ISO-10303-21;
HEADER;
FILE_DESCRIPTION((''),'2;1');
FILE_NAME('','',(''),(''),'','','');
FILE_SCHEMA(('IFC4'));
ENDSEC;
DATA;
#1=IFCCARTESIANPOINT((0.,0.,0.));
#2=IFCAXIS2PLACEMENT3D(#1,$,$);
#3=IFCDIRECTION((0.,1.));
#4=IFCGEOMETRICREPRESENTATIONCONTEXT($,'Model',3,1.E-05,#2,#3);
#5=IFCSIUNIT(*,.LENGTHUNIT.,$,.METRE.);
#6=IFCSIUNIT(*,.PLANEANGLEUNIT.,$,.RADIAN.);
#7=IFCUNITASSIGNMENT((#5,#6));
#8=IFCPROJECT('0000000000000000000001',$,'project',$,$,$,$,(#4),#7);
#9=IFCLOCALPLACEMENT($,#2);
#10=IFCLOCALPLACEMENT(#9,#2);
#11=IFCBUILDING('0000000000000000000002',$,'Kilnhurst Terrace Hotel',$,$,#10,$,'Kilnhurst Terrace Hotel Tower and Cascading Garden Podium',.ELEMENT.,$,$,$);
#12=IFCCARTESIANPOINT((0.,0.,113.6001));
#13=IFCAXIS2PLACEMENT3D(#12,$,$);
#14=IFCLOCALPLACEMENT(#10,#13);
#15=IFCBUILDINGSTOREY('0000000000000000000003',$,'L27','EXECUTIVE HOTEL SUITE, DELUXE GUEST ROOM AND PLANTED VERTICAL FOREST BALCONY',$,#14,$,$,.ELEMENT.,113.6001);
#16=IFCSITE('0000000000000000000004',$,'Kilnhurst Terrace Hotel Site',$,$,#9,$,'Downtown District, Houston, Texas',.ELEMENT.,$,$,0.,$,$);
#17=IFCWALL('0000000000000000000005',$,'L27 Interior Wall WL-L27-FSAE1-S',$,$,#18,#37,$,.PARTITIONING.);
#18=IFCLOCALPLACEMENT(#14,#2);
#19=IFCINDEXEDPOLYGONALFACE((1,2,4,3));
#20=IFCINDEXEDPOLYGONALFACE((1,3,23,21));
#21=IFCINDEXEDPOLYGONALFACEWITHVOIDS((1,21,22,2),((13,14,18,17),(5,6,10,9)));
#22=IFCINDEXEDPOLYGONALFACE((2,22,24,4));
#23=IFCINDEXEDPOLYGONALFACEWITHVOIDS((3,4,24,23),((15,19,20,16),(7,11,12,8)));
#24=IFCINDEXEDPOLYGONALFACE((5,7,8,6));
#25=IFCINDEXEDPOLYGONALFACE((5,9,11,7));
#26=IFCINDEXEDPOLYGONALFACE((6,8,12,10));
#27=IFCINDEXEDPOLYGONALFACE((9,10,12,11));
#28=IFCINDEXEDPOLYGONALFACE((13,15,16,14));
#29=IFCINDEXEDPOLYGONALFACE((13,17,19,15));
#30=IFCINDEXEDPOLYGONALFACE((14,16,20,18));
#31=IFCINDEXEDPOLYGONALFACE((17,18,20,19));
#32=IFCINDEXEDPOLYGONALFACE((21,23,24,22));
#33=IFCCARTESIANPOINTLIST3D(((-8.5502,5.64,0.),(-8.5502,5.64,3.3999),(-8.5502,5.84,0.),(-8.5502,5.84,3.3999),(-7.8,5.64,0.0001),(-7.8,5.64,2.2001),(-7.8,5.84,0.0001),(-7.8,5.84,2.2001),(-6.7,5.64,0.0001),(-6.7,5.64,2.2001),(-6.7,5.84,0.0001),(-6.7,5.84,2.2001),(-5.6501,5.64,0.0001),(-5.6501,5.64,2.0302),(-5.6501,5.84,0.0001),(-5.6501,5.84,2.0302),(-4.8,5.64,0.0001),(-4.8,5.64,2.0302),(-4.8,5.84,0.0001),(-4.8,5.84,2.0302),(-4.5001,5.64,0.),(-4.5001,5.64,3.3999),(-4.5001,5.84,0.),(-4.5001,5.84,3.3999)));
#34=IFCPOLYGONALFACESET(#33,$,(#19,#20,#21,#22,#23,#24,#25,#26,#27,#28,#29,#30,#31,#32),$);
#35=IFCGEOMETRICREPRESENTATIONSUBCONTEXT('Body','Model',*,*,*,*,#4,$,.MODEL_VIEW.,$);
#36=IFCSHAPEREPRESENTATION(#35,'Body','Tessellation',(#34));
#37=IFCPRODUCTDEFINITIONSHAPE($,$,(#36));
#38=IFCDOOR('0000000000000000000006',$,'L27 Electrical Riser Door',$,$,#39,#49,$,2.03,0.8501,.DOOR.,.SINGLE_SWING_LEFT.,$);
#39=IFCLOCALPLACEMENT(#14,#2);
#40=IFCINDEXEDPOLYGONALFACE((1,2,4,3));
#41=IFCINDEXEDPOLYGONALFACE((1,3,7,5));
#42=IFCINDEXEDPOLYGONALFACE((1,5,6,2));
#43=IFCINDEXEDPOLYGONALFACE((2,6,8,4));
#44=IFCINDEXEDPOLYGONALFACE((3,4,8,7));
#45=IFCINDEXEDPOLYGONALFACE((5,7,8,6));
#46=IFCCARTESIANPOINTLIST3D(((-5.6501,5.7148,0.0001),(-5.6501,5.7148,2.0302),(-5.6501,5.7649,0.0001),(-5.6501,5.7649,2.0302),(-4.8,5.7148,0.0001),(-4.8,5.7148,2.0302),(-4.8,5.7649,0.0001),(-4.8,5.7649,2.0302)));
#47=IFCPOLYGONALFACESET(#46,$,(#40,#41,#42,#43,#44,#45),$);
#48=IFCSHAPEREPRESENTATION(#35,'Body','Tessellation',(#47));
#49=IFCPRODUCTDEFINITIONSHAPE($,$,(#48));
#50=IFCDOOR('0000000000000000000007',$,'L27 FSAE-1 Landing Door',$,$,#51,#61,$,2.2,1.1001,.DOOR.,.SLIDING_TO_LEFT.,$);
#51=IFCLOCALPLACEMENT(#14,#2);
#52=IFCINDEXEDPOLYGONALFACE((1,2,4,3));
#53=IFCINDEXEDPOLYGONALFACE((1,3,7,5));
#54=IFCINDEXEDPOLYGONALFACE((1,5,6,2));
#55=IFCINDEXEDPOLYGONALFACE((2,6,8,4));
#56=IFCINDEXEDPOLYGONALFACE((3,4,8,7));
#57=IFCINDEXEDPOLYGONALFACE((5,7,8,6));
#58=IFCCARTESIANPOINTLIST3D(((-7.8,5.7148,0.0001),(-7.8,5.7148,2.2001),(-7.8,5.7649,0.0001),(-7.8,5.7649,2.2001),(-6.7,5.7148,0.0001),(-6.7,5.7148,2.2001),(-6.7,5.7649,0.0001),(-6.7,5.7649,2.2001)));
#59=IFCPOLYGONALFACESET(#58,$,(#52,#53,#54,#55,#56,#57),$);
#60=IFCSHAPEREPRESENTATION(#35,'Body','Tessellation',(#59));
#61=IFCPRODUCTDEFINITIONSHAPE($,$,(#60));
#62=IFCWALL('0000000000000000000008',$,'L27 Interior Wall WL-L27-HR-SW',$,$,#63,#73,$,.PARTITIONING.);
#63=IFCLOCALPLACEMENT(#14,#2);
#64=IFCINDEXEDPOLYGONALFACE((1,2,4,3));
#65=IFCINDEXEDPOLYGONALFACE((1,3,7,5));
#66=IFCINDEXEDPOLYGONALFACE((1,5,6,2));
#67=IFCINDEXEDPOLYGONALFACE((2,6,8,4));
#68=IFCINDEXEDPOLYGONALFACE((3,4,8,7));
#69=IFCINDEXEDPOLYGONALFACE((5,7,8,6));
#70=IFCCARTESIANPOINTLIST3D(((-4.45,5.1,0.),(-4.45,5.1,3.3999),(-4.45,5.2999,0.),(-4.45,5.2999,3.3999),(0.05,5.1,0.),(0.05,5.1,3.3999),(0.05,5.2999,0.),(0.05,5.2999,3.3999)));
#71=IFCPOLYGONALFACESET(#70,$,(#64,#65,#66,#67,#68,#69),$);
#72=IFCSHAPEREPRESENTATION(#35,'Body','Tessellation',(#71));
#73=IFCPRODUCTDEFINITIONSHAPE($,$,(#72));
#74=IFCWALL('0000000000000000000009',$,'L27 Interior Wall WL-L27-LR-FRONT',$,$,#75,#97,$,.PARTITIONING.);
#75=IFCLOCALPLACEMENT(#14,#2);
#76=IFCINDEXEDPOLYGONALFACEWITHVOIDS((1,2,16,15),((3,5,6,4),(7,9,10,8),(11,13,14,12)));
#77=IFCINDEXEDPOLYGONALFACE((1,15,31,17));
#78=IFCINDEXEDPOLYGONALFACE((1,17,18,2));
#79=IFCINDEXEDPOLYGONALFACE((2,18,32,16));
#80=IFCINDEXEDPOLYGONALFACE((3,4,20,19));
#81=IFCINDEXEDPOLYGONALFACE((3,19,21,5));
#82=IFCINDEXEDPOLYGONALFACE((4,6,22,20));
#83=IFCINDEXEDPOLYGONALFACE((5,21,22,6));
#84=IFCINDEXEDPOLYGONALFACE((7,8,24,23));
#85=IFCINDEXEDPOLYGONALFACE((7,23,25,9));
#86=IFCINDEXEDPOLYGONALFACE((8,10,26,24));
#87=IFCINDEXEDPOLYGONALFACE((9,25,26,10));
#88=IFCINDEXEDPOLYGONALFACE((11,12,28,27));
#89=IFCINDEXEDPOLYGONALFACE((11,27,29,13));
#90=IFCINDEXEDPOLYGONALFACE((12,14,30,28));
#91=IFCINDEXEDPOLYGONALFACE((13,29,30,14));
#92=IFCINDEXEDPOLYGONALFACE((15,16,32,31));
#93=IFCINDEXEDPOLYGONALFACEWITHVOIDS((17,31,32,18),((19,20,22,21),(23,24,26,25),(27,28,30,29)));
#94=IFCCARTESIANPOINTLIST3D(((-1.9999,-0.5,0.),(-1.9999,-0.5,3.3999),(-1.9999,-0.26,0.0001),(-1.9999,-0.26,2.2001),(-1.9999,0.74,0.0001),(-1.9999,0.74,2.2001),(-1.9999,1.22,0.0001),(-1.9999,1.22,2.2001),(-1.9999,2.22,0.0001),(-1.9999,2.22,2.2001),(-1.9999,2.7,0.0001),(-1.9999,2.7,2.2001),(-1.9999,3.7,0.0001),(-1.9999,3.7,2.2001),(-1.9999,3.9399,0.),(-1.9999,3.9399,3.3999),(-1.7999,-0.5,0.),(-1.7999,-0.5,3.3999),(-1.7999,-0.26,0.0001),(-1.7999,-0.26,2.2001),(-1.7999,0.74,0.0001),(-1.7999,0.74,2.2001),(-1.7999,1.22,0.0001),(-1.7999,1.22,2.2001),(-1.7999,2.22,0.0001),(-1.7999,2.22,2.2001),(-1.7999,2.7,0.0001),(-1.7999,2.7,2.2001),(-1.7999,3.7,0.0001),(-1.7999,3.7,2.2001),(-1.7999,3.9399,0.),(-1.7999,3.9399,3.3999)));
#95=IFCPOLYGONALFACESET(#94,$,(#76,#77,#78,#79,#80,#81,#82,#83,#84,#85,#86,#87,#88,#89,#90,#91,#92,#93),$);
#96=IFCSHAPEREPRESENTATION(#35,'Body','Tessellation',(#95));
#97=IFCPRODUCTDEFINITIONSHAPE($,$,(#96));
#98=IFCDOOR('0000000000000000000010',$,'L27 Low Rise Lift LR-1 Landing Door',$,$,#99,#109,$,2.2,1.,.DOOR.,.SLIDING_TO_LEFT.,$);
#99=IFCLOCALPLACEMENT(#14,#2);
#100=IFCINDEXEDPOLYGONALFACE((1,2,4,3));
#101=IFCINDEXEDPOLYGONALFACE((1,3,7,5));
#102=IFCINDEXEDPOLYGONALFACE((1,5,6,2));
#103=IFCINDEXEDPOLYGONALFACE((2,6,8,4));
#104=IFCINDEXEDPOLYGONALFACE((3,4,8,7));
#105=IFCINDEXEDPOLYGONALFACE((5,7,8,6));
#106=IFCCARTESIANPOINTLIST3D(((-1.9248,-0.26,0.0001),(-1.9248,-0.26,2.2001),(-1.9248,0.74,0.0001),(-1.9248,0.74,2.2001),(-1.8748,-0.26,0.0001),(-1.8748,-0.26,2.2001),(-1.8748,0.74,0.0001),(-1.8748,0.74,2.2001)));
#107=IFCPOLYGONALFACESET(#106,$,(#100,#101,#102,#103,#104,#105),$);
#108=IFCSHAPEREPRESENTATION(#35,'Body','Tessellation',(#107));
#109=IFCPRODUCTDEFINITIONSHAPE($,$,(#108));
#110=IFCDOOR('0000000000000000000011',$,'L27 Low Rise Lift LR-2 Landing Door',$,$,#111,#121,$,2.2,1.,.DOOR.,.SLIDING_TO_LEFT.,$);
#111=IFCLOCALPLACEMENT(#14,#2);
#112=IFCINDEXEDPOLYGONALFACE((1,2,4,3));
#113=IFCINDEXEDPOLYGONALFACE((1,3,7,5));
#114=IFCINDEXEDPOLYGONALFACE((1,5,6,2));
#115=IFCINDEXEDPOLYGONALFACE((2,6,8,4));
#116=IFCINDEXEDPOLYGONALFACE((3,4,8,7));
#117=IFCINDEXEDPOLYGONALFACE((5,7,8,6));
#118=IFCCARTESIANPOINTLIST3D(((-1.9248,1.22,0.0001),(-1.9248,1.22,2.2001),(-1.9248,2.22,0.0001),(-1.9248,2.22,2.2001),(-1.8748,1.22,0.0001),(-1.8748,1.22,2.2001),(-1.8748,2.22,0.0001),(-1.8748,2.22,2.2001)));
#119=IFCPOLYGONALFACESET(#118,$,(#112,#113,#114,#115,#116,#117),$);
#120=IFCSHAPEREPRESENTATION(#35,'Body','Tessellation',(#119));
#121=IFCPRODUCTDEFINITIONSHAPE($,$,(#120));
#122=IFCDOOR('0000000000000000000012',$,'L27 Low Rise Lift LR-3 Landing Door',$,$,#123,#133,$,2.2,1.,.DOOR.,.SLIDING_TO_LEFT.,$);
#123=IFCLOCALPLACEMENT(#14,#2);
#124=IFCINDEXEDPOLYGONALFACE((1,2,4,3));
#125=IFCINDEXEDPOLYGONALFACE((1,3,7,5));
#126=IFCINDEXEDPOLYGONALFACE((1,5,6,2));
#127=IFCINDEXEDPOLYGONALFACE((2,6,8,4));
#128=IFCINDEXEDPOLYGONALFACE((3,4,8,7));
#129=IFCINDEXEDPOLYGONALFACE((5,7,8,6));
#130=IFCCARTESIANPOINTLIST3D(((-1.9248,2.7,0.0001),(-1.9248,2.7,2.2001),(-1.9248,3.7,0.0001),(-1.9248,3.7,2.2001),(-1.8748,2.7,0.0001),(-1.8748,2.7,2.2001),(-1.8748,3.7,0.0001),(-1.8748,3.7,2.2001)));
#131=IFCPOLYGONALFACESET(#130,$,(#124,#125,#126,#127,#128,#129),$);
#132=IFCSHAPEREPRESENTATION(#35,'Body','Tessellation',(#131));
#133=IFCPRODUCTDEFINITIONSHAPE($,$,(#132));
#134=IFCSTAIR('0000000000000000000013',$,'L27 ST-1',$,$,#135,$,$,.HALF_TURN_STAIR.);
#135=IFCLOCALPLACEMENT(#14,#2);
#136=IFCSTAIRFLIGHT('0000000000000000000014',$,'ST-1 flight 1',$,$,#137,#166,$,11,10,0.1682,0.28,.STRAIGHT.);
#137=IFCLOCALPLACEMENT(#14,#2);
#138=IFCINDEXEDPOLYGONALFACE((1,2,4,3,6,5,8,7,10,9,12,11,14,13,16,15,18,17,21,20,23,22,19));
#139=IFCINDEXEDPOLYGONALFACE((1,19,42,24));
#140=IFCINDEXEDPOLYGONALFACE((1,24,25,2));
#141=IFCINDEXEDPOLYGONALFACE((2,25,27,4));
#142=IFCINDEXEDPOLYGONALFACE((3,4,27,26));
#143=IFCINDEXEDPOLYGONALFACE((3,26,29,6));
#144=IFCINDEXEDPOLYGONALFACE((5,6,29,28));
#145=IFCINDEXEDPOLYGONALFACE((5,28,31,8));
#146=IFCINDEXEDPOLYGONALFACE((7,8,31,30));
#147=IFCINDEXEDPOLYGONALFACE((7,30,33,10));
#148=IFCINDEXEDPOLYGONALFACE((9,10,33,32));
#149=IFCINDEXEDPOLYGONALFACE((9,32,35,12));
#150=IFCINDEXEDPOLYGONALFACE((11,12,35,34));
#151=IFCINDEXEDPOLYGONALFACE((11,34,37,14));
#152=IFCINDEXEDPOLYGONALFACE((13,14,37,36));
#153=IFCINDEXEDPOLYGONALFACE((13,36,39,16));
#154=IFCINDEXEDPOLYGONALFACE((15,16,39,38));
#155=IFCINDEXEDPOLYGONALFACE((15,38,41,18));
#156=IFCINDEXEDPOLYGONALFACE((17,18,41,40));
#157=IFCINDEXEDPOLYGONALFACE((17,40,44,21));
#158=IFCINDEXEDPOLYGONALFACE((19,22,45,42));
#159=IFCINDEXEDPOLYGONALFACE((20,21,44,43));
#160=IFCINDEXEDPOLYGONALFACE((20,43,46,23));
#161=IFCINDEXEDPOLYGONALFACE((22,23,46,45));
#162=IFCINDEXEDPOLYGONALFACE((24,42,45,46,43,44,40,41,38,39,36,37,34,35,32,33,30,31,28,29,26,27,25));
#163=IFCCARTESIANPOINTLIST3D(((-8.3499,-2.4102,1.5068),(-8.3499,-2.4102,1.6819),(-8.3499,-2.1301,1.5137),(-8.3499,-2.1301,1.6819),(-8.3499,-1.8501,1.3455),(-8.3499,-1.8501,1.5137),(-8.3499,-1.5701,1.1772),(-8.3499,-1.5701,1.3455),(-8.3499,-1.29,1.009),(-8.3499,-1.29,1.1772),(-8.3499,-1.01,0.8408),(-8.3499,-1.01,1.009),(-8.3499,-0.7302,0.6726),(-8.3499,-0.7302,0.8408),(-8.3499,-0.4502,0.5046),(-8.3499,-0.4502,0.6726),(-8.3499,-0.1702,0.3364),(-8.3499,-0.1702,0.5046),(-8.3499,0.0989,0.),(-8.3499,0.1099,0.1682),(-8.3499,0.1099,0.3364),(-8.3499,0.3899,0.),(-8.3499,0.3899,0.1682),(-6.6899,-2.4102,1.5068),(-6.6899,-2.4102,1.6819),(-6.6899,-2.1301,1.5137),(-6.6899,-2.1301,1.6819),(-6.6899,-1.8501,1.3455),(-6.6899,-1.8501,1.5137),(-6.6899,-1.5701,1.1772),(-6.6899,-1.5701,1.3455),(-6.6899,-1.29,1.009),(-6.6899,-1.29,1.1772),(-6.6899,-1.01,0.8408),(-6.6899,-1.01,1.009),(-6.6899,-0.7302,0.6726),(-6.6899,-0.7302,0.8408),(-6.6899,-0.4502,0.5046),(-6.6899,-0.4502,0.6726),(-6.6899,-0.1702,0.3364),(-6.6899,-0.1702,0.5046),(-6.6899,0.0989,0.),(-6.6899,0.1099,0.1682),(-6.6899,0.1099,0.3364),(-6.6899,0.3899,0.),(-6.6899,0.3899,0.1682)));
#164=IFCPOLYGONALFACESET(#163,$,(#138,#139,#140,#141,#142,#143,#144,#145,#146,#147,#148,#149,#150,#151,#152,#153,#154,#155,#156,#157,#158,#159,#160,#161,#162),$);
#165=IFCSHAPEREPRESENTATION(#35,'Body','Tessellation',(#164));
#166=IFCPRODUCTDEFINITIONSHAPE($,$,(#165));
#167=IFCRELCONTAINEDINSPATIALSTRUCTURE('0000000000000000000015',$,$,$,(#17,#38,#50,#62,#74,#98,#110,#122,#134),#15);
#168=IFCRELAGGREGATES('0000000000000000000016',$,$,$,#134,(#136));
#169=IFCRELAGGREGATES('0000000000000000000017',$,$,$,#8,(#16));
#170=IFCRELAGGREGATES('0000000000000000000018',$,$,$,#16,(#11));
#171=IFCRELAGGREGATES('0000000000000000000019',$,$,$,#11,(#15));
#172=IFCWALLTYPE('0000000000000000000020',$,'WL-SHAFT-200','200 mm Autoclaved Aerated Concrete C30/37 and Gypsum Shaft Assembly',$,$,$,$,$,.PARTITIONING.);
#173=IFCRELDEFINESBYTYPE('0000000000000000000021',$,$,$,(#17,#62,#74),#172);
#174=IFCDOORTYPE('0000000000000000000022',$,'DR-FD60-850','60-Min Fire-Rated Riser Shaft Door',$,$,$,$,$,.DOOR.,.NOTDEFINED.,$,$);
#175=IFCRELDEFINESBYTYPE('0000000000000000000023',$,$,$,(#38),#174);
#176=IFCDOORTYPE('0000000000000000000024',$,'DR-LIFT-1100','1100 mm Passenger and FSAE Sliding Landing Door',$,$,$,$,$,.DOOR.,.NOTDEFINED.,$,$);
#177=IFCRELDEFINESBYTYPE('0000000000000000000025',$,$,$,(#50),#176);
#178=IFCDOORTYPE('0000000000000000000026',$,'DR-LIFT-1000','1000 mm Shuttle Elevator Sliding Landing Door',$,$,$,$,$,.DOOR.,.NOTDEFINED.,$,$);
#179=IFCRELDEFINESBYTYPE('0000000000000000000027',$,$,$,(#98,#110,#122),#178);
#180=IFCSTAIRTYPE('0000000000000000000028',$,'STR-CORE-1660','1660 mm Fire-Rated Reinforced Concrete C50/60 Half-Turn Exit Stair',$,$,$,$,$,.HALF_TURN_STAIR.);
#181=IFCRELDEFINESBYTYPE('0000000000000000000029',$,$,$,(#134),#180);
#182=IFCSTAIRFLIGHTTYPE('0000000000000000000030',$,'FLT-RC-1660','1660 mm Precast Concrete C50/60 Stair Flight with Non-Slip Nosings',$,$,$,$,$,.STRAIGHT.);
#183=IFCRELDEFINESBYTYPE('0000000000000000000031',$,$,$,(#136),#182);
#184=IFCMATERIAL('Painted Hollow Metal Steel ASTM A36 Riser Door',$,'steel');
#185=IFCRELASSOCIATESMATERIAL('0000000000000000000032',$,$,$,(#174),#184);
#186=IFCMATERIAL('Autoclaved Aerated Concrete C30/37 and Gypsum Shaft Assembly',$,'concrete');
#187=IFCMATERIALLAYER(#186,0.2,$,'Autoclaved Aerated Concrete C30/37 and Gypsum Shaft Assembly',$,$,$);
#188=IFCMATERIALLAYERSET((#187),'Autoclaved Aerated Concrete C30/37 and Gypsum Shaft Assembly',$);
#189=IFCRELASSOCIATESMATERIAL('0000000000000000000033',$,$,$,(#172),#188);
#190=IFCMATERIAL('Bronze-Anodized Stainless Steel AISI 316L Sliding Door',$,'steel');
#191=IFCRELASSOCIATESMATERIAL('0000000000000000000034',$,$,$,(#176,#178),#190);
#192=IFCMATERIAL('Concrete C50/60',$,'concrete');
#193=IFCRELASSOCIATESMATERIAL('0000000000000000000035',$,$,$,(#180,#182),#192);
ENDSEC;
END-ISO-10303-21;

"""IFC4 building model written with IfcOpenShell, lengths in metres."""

from ifc_helpers import new_model, si_unit, direction, frame, frame_2d, origin, place, context, subcontext, project, spatial, polyline, rectangle, outline, extrude, material, layer, layer_set, type_object, element, fill, aggregate, save


model = new_model("IFC4")

# Units and contexts
model_context = context("Model", 3, precision=1e-05, world=origin(), true_north=direction((0.0, 1.0)))
body_context = subcontext(model_context, "Body", "Model", "MODEL_VIEW")
ifc_project = project(units=[si_unit("LENGTHUNIT", "METRE"), si_unit("PLANEANGLEUNIT", "RADIAN")], contexts=[model_context])

# Site, building, storey
site_placement = place(None, origin())
site = spatial("IfcSite", under=ifc_project, at=site_placement, Name="Kilnhurst Terrace Hotel Site", LongName="Downtown District, Houston, Texas", CompositionType="ELEMENT", RefElevation=0.0)
building_placement = place(site_placement, origin())
building = spatial("IfcBuilding", under=site, at=building_placement, Name="Kilnhurst Terrace Hotel", LongName="Kilnhurst Terrace Hotel Tower and Cascading Garden Podium", CompositionType="ELEMENT")
storey_placement = place(building_placement, frame((0.0, 0.0, 113.6001)))
storey = spatial("IfcBuildingStorey", under=building, at=storey_placement, Name="L27", Description="EXECUTIVE HOTEL SUITE, DELUXE GUEST ROOM AND PLANTED VERTICAL FOREST BALCONY", CompositionType="ELEMENT", Elevation=113.6001)

# Wall, openings, doors
ifc_material_1 = material(Name="Painted Hollow Metal Steel ASTM A36 Riser Door", Category="steel")
door_type_1 = type_object("IfcDoorType", Name="DR-FD60-850", Description="60-Min Fire-Rated Riser Shaft Door", OperationType="NOTDEFINED", PredefinedType="DOOR", material=ifc_material_1)
ifc_material_2 = material(Name="Autoclaved Aerated Concrete C30/37 and Gypsum Shaft Assembly", Category="concrete")
ifc_layer_1 = layer(ifc_material_2, 0.2, Name="Autoclaved Aerated Concrete C30/37 and Gypsum Shaft Assembly")
ifc_layer_set_1 = layer_set([ifc_layer_1], Name="Autoclaved Aerated Concrete C30/37 and Gypsum Shaft Assembly")
wall_type_1 = type_object("IfcWallType", Name="WL-SHAFT-200", Description="200 mm Autoclaved Aerated Concrete C30/37 and Gypsum Shaft Assembly", PredefinedType="PARTITIONING", material=ifc_layer_set_1)
wall_1_placement = place(storey_placement, frame((-8.55, 5.74, 0.0), z_axis=(0.0, 0.0, 1.0), x_axis=(1.0, 0.0, 0.0)))
wall_1 = element("IfcWall", 1, at=wall_1_placement, inside=storey, type_object=wall_type_1, Name="L27 Interior Wall WL-L27-FSAE1-S", PredefinedType="PARTITIONING", context=body_context, shape_type="SweptSolid", body=[
    extrude(rectangle(XDim=4.05, YDim=0.2, at=frame_2d((2.0249, 0.0))), origin(), (0.0, 0.0, 1.0), 3.3999),
])
opening_1_placement = place(wall_1_placement, frame((0.75, 0.0, 0.0)))
opening_1 = element("IfcOpeningElement", 2, at=opening_1_placement, cuts=wall_1, PredefinedType="OPENING", context=body_context, shape_type="SweptSolid", body=[
    extrude(rectangle(XDim=1.1001, YDim=2.2, at=frame_2d((0.55, 1.1001))), frame((0.0, 0.1099, 0.0), z_axis=(0.0, -1.0, 0.0), x_axis=(1.0, 0.0, 0.0)), (0.0, 0.0, 1.0), 0.22),
])
opening_2_placement = place(wall_1_placement, frame((2.8999, 0.0, 0.0)))
opening_2 = element("IfcOpeningElement", 3, at=opening_2_placement, cuts=wall_1, PredefinedType="OPENING", context=body_context, shape_type="SweptSolid", body=[
    extrude(rectangle(XDim=0.8501, YDim=2.03, at=frame_2d((0.425, 1.0151))), frame((0.0, 0.1099, 0.0), z_axis=(0.0, -1.0, 0.0), x_axis=(1.0, 0.0, 0.0)), (0.0, 0.0, 1.0), 0.22),
])
door_1_placement = place(opening_2_placement, origin())
door_1 = element("IfcDoor", 4, at=door_1_placement, inside=storey, type_object=door_type_1, Name="L27 Electrical Riser Door", OperationType="SINGLE_SWING_LEFT", OverallHeight=2.03, OverallWidth=0.8501, PredefinedType="DOOR", context=body_context, shape_type="SweptSolid", body=[
    extrude(rectangle(XDim=0.8501, YDim=2.03, at=frame_2d((0.425, 1.0151))), frame((0.0, 0.0249, 0.0), z_axis=(0.0, -1.0, 0.0), x_axis=(1.0, 0.0, 0.0)), (0.0, 0.0, 1.0), 0.05),
])
fill(opening_2, door_1)
ifc_material_3 = material(Name="Bronze-Anodized Stainless Steel AISI 316L Sliding Door", Category="steel")
door_type_2 = type_object("IfcDoorType", Name="DR-LIFT-1100", Description="1100 mm Passenger and FSAE Sliding Landing Door", OperationType="NOTDEFINED", PredefinedType="DOOR", material=ifc_material_3)
door_2_placement = place(opening_1_placement, origin())
door_2 = element("IfcDoor", 5, at=door_2_placement, inside=storey, type_object=door_type_2, Name="L27 FSAE-1 Landing Door", OperationType="SLIDING_TO_LEFT", OverallHeight=2.2, OverallWidth=1.1001, PredefinedType="DOOR", context=body_context, shape_type="SweptSolid", body=[
    extrude(rectangle(XDim=1.1001, YDim=2.2, at=frame_2d((0.55, 1.1001))), frame((0.0, 0.0249, 0.0), z_axis=(0.0, -1.0, 0.0), x_axis=(1.0, 0.0, 0.0)), (0.0, 0.0, 1.0), 0.05),
])
fill(opening_1, door_2)

# Wall
wall_2_placement = place(storey_placement, frame((-4.45, 5.2, 0.0), z_axis=(0.0, 0.0, 1.0), x_axis=(1.0, 0.0, 0.0)))
element("IfcWall", 6, at=wall_2_placement, inside=storey, type_object=wall_type_1, Name="L27 Interior Wall WL-L27-HR-SW", PredefinedType="PARTITIONING", context=body_context, shape_type="SweptSolid", body=[
    extrude(rectangle(XDim=4.5, YDim=0.2, at=frame_2d((2.25, 0.0))), origin(), (0.0, 0.0, 1.0), 3.3999),
])

# Wall, openings, doors
wall_3_placement = place(storey_placement, frame((-1.8999, -0.5, 0.0), z_axis=(0.0, 0.0, 1.0), x_axis=(0.0, 1.0, 0.0)))
wall_3 = element("IfcWall", 7, at=wall_3_placement, inside=storey, type_object=wall_type_1, Name="L27 Interior Wall WL-L27-LR-FRONT", PredefinedType="PARTITIONING", context=body_context, shape_type="SweptSolid", body=[
    extrude(rectangle(XDim=4.4399, YDim=0.2, at=frame_2d((2.22, 0.0))), origin(), (0.0, 0.0, 1.0), 3.3999),
])
opening_3_placement = place(wall_3_placement, frame((0.24, 0.0, 0.0)))
opening_3 = element("IfcOpeningElement", 8, at=opening_3_placement, cuts=wall_3, PredefinedType="OPENING", context=body_context, shape_type="SweptSolid", body=[
    extrude(rectangle(XDim=1.0, YDim=2.2, at=frame_2d((0.5, 1.1001))), frame((0.0, 0.1099, 0.0), z_axis=(0.0, -1.0, 0.0), x_axis=(1.0, 0.0, 0.0)), (0.0, 0.0, 1.0), 0.22),
])
opening_4_placement = place(wall_3_placement, frame((1.72, 0.0, 0.0)))
opening_4 = element("IfcOpeningElement", 9, at=opening_4_placement, cuts=wall_3, PredefinedType="OPENING", context=body_context, shape_type="SweptSolid", body=[
    extrude(rectangle(XDim=1.0, YDim=2.2, at=frame_2d((0.5, 1.1001))), frame((0.0, 0.1099, 0.0), z_axis=(0.0, -1.0, 0.0), x_axis=(1.0, 0.0, 0.0)), (0.0, 0.0, 1.0), 0.22),
])
opening_5_placement = place(wall_3_placement, frame((3.2, 0.0, 0.0)))
opening_5 = element("IfcOpeningElement", 10, at=opening_5_placement, cuts=wall_3, PredefinedType="OPENING", context=body_context, shape_type="SweptSolid", body=[
    extrude(rectangle(XDim=1.0, YDim=2.2, at=frame_2d((0.5, 1.1001))), frame((0.0, 0.1099, 0.0), z_axis=(0.0, -1.0, 0.0), x_axis=(1.0, 0.0, 0.0)), (0.0, 0.0, 1.0), 0.22),
])
door_type_3 = type_object("IfcDoorType", Name="DR-LIFT-1000", Description="1000 mm Shuttle Elevator Sliding Landing Door", OperationType="NOTDEFINED", PredefinedType="DOOR", material=ifc_material_3)
door_3_placement = place(opening_3_placement, origin())
door_3 = element("IfcDoor", 11, at=door_3_placement, inside=storey, type_object=door_type_3, Name="L27 Low Rise Lift LR-1 Landing Door", OperationType="SLIDING_TO_LEFT", OverallHeight=2.2, OverallWidth=1.0, PredefinedType="DOOR", context=body_context, shape_type="SweptSolid", body=[
    extrude(rectangle(XDim=1.0, YDim=2.2, at=frame_2d((0.5, 1.1001))), frame((0.0, 0.0249, 0.0), z_axis=(0.0, -1.0, 0.0), x_axis=(1.0, 0.0, 0.0)), (0.0, 0.0, 1.0), 0.05),
])
fill(opening_3, door_3)
door_4_placement = place(opening_4_placement, origin())
door_4 = element("IfcDoor", 12, at=door_4_placement, inside=storey, type_object=door_type_3, Name="L27 Low Rise Lift LR-2 Landing Door", OperationType="SLIDING_TO_LEFT", OverallHeight=2.2, OverallWidth=1.0, PredefinedType="DOOR", context=body_context, shape_type="SweptSolid", body=[
    extrude(rectangle(XDim=1.0, YDim=2.2, at=frame_2d((0.5, 1.1001))), frame((0.0, 0.0249, 0.0), z_axis=(0.0, -1.0, 0.0), x_axis=(1.0, 0.0, 0.0)), (0.0, 0.0, 1.0), 0.05),
])
fill(opening_4, door_4)
door_5_placement = place(opening_5_placement, origin())
door_5 = element("IfcDoor", 13, at=door_5_placement, inside=storey, type_object=door_type_3, Name="L27 Low Rise Lift LR-3 Landing Door", OperationType="SLIDING_TO_LEFT", OverallHeight=2.2, OverallWidth=1.0, PredefinedType="DOOR", context=body_context, shape_type="SweptSolid", body=[
    extrude(rectangle(XDim=1.0, YDim=2.2, at=frame_2d((0.5, 1.1001))), frame((0.0, 0.0249, 0.0), z_axis=(0.0, -1.0, 0.0), x_axis=(1.0, 0.0, 0.0)), (0.0, 0.0, 1.0), 0.05),
])
fill(opening_5, door_5)

# Shared definitions
ifc_material_4 = material(Name="Concrete C50/60", Category="concrete")

# Stair, stair flight
stair_type = type_object("IfcStairType", Name="STR-CORE-1660", Description="1660 mm Fire-Rated Reinforced Concrete C50/60 Half-Turn Exit Stair", PredefinedType="HALF_TURN_STAIR", material=ifc_material_4)
stair_placement = place(storey_placement, origin())
stair = element("IfcStair", 14, at=stair_placement, inside=storey, type_object=stair_type, Name="L27 ST-1", PredefinedType="HALF_TURN_STAIR")
stair_flight_type = type_object("IfcStairFlightType", Name="FLT-RC-1660", Description="1660 mm Precast Concrete C50/60 Stair Flight with Non-Slip Nosings", PredefinedType="STRAIGHT", material=ifc_material_4)
stair_flight_placement = place(storey_placement, frame((-7.52, 0.3899, 0.0), z_axis=(0.0, 0.0, 1.0), x_axis=(0.0, -1.0, 0.0)))
stair_flight = element("IfcStairFlight", 15, at=stair_flight_placement, type_object=stair_flight_type, Name="ST-1 flight 1", NumberOfRisers=11, NumberOfTreads=10, PredefinedType="STRAIGHT", RiserHeight=0.1682, TreadLength=0.28, context=body_context, shape_type="SweptSolid", body=[
    extrude(outline(polyline([(0.0, 0.0), (0.0, 0.1682), (0.28, 0.1682), (0.28, 0.3364), (0.5601, 0.3364), (0.5601, 0.5046), (0.8401, 0.5046), (0.8401, 0.6726), (1.1201, 0.6726), (1.1201, 0.8408), (1.3999, 0.8408), (1.3999, 1.009), (1.6799, 1.009), (1.6799, 1.1772), (1.96, 1.1772), (1.96, 1.3455), (2.24, 1.3455), (2.24, 1.5137), (2.52, 1.5137), (2.52, 1.6819), (2.8, 1.6819), (2.8, 1.8501), (2.8, 1.5068), (0.291, 0.0), (0.0, 0.0)])), frame((0.0, 0.8301, 0.0), z_axis=(0.0, -1.0, 0.0), x_axis=(1.0, 0.0, 0.0)), (0.0, 0.0, 1.0), 1.6599),
])
aggregate(stair, [stair_flight])

save(model, "model.ifc")
